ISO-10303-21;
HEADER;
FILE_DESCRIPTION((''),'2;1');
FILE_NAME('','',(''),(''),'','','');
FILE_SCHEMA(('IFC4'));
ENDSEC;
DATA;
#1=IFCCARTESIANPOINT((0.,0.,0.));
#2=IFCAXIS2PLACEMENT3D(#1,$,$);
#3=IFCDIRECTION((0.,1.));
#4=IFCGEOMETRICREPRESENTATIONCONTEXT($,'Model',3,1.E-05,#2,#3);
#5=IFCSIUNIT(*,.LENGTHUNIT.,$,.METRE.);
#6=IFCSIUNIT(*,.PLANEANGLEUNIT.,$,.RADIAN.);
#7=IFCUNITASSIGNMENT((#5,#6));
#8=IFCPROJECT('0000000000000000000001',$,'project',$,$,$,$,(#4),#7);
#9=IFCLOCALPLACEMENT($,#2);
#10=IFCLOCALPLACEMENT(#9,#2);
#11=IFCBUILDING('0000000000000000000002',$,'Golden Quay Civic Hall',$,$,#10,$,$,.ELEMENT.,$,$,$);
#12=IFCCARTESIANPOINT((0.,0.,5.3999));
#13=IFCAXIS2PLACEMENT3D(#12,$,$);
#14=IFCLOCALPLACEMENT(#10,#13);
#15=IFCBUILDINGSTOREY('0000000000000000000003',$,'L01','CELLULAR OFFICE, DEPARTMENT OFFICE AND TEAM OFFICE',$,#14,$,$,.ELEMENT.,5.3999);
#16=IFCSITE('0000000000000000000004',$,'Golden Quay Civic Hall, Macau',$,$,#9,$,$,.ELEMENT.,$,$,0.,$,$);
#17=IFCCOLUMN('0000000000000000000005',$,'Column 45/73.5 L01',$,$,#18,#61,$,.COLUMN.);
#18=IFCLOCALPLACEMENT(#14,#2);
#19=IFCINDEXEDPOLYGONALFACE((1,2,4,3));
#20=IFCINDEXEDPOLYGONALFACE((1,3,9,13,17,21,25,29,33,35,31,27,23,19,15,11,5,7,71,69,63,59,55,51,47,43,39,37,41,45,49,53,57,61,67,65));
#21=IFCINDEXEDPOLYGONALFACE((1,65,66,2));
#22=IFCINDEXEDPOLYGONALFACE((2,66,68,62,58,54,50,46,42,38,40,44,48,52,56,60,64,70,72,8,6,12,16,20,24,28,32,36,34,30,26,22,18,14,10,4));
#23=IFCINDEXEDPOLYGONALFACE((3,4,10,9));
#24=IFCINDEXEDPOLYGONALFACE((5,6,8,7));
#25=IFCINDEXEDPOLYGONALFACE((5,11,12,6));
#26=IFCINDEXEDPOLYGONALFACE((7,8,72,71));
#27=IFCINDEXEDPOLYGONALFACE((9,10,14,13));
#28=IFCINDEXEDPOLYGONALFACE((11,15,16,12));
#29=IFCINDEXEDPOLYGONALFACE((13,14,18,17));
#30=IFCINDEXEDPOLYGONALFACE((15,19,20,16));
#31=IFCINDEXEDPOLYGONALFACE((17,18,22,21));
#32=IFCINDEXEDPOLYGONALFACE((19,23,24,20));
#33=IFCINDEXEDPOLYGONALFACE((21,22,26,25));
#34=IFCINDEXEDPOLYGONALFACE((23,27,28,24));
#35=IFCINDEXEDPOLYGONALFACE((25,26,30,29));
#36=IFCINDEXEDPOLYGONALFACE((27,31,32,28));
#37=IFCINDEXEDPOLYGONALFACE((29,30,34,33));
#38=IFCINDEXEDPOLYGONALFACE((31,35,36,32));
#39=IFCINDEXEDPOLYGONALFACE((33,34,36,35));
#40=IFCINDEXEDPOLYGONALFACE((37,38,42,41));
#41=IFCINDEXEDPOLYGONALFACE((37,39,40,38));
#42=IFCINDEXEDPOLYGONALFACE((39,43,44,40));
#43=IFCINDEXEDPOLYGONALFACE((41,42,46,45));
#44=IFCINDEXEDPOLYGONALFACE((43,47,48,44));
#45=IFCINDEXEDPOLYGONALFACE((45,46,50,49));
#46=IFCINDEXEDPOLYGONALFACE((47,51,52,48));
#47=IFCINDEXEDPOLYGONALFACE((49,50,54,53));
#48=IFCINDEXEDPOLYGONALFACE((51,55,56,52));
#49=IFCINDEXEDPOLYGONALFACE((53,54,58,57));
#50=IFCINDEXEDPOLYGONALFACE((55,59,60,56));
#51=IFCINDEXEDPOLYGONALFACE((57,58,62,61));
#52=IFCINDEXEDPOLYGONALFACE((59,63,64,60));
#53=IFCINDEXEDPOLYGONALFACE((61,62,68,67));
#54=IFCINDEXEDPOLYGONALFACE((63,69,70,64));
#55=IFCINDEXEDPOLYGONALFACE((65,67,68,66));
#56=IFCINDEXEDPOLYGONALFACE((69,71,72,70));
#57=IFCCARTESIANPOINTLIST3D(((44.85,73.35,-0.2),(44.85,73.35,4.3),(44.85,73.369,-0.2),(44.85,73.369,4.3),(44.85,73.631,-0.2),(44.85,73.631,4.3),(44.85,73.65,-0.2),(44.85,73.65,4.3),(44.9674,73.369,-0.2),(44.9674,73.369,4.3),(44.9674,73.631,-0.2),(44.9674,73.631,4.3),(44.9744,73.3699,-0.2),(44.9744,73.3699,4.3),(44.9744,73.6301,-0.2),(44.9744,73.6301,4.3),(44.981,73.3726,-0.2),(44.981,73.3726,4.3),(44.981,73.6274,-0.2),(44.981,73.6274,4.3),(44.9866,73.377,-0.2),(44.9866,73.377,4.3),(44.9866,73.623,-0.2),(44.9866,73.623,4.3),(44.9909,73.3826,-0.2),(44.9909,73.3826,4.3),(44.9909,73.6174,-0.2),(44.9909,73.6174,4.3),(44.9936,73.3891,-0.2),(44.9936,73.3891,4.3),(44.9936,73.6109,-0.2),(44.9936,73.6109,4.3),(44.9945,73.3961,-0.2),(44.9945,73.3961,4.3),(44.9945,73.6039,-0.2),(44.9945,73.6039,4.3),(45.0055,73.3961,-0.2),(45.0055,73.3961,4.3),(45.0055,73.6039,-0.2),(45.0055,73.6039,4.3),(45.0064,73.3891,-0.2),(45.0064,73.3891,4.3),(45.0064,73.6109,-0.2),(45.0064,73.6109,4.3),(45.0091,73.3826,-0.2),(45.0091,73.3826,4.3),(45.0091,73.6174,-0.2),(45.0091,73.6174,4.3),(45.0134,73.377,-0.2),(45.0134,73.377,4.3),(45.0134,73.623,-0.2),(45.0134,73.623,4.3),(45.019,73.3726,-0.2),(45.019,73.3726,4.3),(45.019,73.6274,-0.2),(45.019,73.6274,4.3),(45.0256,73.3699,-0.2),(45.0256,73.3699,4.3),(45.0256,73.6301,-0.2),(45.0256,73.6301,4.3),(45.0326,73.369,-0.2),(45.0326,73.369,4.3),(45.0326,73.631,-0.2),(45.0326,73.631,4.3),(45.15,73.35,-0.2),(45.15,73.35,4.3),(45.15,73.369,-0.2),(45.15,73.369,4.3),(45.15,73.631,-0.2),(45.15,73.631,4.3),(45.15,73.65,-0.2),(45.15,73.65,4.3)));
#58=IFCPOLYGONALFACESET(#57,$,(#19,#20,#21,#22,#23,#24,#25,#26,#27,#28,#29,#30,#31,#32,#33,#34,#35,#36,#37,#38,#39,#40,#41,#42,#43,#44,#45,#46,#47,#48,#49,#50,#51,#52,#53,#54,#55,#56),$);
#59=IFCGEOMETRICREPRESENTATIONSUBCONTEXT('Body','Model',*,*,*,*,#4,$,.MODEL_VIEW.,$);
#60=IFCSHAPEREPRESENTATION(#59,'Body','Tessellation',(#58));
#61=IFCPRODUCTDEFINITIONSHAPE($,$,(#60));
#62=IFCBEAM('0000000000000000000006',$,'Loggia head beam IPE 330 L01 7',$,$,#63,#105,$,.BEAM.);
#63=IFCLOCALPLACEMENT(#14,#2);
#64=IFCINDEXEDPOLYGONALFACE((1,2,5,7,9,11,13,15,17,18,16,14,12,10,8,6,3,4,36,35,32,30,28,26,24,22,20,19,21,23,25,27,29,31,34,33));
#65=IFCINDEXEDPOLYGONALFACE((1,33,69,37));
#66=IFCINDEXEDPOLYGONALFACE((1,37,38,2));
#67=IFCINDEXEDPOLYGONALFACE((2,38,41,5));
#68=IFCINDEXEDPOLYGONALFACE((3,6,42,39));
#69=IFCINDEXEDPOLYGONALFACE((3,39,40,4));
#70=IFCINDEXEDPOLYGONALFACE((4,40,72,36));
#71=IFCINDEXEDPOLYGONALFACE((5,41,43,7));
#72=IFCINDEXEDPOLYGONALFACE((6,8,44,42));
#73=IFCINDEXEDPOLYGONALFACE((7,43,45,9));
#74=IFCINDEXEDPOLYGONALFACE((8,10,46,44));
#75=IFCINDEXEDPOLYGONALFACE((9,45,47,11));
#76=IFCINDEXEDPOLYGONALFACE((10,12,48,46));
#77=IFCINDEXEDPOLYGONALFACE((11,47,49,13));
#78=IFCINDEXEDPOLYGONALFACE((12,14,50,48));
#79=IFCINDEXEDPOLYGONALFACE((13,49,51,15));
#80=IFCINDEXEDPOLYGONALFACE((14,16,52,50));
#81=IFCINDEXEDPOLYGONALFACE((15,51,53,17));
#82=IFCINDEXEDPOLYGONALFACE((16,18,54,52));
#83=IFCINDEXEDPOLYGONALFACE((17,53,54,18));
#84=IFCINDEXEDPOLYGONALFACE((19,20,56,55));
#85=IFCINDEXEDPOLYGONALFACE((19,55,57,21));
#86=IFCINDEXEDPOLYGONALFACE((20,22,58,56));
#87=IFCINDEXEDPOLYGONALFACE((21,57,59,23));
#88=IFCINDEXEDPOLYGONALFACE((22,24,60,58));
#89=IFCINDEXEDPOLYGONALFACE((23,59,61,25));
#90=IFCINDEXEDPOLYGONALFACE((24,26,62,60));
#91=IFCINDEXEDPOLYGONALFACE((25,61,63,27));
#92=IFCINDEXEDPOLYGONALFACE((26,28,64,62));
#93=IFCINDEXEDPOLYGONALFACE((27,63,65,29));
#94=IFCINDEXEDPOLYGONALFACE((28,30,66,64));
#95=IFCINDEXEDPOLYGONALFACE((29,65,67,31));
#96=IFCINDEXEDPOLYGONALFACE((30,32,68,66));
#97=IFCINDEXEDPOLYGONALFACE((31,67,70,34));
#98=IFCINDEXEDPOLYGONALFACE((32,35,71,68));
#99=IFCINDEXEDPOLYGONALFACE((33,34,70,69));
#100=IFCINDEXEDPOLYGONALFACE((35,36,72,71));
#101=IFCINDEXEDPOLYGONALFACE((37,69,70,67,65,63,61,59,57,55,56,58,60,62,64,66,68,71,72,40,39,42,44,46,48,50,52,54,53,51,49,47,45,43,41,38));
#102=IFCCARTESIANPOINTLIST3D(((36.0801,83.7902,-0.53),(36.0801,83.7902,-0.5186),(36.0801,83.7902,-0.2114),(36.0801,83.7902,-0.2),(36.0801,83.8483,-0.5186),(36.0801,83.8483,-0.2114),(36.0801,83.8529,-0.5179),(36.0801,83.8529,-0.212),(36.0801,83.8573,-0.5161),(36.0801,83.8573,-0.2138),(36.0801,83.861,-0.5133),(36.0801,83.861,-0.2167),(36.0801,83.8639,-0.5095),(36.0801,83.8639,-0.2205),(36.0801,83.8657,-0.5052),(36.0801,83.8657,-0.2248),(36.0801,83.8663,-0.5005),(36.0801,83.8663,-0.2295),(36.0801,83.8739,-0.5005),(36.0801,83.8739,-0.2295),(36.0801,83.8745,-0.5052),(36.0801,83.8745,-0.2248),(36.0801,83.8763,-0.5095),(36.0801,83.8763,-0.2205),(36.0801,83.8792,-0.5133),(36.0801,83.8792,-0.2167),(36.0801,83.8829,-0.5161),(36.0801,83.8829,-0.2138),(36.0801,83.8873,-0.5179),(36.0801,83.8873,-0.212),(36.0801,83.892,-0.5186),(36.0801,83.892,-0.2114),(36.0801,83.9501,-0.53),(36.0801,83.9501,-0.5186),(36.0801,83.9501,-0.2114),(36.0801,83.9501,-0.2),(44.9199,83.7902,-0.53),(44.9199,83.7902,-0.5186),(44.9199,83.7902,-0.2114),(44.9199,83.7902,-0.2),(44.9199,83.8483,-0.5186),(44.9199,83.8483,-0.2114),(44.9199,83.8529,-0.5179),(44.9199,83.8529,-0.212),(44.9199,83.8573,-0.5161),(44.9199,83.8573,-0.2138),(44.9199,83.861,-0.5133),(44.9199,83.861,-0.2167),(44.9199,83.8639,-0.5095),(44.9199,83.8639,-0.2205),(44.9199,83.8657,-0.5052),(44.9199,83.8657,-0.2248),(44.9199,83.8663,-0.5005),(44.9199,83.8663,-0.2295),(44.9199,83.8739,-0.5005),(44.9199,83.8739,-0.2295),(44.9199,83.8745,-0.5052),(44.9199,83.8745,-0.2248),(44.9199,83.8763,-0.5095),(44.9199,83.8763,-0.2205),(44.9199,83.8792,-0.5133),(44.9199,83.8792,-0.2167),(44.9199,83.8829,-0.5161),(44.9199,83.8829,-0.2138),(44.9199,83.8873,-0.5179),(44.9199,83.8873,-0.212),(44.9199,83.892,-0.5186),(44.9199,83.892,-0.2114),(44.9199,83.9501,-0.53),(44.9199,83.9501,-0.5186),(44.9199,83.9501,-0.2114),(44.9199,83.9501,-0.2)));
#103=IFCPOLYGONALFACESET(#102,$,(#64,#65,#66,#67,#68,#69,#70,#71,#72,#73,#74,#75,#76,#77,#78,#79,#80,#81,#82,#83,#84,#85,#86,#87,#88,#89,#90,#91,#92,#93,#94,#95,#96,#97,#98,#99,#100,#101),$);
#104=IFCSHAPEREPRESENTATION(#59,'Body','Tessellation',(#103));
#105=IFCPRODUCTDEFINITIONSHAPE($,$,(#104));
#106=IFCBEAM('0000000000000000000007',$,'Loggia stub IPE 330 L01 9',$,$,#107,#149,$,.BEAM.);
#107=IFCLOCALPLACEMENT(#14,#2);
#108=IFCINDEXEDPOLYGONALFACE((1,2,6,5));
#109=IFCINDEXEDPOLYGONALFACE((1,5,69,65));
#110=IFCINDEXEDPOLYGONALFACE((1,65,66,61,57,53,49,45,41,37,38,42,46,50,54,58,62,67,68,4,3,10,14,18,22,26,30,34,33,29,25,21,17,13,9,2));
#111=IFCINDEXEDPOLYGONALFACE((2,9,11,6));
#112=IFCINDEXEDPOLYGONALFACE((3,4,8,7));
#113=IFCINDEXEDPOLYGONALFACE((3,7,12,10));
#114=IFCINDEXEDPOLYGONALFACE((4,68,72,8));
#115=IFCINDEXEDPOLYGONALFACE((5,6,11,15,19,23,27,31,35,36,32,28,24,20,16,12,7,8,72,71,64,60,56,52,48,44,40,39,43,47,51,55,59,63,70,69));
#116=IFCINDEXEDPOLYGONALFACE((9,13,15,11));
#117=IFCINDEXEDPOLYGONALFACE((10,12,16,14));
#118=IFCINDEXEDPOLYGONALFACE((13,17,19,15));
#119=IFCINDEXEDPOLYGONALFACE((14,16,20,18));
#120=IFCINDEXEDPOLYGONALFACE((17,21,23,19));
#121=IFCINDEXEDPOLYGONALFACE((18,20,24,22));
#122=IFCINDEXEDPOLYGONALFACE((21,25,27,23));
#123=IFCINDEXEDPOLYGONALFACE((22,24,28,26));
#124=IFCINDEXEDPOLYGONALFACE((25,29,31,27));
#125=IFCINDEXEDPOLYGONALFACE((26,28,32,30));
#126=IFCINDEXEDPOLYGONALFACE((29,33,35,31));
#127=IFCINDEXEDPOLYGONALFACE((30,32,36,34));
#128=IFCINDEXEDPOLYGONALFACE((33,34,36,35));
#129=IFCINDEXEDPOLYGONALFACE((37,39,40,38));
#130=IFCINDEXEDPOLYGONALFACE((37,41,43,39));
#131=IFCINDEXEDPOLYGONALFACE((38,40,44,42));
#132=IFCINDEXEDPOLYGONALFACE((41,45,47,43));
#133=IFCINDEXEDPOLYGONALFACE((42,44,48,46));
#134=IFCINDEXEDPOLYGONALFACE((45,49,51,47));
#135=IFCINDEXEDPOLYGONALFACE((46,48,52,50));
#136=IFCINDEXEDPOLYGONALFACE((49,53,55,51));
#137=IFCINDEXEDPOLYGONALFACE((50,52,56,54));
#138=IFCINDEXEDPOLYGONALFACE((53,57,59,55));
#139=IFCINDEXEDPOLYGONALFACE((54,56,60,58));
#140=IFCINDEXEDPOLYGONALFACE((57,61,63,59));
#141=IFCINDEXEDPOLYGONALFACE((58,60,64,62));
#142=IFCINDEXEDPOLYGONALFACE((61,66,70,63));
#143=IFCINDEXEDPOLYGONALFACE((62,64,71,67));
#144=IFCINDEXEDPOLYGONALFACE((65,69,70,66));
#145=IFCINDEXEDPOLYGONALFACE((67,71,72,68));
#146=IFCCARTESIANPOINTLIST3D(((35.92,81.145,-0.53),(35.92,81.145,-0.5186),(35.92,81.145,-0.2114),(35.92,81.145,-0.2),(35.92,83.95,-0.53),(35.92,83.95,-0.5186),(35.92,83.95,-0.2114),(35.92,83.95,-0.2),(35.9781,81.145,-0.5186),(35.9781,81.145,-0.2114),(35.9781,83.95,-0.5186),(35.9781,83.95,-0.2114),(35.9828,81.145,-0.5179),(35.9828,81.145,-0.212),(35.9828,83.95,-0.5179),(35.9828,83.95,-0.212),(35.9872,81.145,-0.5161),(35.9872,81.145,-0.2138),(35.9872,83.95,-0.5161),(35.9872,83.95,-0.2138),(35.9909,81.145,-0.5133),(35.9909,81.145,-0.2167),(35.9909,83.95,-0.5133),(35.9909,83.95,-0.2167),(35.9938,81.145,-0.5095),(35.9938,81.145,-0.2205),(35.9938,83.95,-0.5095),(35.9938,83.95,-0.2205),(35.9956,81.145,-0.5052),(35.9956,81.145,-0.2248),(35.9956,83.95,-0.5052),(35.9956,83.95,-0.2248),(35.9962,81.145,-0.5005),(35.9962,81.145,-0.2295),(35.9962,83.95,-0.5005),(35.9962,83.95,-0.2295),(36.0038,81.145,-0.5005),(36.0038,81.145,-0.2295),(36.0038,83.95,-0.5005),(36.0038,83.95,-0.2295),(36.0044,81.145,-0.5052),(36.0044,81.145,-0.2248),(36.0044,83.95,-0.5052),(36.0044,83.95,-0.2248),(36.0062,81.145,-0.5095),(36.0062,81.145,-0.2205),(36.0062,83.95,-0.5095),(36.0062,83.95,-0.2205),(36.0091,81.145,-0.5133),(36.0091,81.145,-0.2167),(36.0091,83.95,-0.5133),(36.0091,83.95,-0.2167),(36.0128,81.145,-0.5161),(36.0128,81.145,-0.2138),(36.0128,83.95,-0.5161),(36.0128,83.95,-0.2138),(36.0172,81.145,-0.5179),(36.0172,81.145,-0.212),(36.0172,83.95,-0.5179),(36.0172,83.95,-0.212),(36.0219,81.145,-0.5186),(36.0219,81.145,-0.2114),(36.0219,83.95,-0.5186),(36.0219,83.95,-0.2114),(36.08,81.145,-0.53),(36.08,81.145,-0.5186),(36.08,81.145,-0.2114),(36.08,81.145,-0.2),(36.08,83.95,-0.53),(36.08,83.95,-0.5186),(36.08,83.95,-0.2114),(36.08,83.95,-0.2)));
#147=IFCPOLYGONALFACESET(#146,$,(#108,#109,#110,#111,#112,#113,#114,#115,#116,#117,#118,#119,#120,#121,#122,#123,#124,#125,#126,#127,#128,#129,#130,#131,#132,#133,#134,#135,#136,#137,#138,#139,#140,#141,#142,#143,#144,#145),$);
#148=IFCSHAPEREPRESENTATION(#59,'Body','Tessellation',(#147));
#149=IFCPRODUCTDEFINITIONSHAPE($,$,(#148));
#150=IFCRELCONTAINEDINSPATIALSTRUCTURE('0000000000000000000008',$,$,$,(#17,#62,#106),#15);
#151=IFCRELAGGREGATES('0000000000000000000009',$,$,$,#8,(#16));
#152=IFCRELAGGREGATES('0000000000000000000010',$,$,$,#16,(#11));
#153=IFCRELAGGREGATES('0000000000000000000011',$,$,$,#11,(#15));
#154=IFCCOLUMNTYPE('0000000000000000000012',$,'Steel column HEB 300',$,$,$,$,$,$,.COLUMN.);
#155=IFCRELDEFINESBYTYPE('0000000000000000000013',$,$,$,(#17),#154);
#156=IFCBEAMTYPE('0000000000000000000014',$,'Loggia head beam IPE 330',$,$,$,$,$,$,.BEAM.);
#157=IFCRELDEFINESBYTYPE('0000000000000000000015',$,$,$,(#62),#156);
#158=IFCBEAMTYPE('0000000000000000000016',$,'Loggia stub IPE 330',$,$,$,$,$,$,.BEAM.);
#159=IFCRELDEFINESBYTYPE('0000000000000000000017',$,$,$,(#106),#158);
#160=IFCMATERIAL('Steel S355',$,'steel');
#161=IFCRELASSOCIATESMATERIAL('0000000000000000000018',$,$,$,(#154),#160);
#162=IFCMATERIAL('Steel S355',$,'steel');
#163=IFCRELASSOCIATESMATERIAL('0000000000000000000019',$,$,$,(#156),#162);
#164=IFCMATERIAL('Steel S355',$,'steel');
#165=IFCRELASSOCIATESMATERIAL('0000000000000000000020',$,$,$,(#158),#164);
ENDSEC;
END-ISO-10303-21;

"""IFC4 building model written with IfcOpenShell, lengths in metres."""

from ifc_helpers import new_model, si_unit, direction, frame, origin, origin_2d, place, context, subcontext, project, spatial, i_section, extrude, material, material_profile, profile_set, type_object, element, save


model = new_model("IFC4")

# Units and contexts
model_context = context("Model", 3, precision=1e-05, world=origin(), true_north=direction((0.0, 1.0)))
body_context = subcontext(model_context, "Body", "Model", "MODEL_VIEW")
ifc_project = project(units=[si_unit("LENGTHUNIT", "METRE"), si_unit("PLANEANGLEUNIT", "RADIAN")], contexts=[model_context])

# Site, building, storey
site_placement = place(None, origin())
site = spatial("IfcSite", under=ifc_project, at=site_placement, Name="Golden Quay Civic Hall, Macau", CompositionType="ELEMENT", RefElevation=0.0)
building_placement = place(site_placement, origin())
building = spatial("IfcBuilding", under=site, at=building_placement, Name="Golden Quay Civic Hall", CompositionType="ELEMENT")
storey_placement = place(building_placement, frame((0.0, 0.0, 5.3999)))
storey = spatial("IfcBuildingStorey", under=building, at=storey_placement, Name="L01", Description="CELLULAR OFFICE, DEPARTMENT OFFICE AND TEAM OFFICE", CompositionType="ELEMENT", Elevation=5.3999)

# Column
ifc_material_1 = material(Name="Steel S355", Category="steel")
ifc_material_profile_1 = material_profile(ifc_material_1, i_section(OverallWidth=0.3, OverallDepth=0.3, WebThickness=0.011, FlangeThickness=0.019, FilletRadius=0.0271, at=origin_2d()), Name="HEB 300")
ifc_profile_set_1 = profile_set([ifc_material_profile_1], Name="Steel S355")
column_type_1 = type_object("IfcColumnType", Name="Steel column HEB 300", PredefinedType="COLUMN", material=ifc_profile_set_1)
for number, where, z_axis, x_axis, name in (
    (1, (45.0, 73.5, -0.2), (0.0, 0.0, 1.0), (1.0, 0.0, 0.0), "Column 45/73.5 L01"),
):
    element("IfcColumn", number, at=place(storey_placement, frame(where, z_axis=z_axis, x_axis=x_axis)), inside=storey, type_object=column_type_1, Name=name, PredefinedType="COLUMN", context=body_context, shape_type="SweptSolid", body=[
        extrude(i_section(OverallWidth=0.3, OverallDepth=0.3, WebThickness=0.011, FlangeThickness=0.019, FilletRadius=0.0271, at=origin_2d()), origin(), (0.0, 0.0, 1.0), 4.5),
    ])

# Beams
ifc_material_2 = material(Name="Steel S355", Category="steel")
ifc_material_profile_2 = material_profile(ifc_material_2, i_section(OverallWidth=0.1599, OverallDepth=0.3301, WebThickness=0.0076, FlangeThickness=0.0115, FilletRadius=0.0181, at=origin_2d()), Name="IPE 330")
ifc_profile_set_2 = profile_set([ifc_material_profile_2], Name="Steel S355")
beam_type_1 = type_object("IfcBeamType", Name="Loggia head beam IPE 330", PredefinedType="BEAM", material=ifc_profile_set_2)
beam_1_placement = place(storey_placement, frame((36.0801, 83.8701, -0.365), z_axis=(1.0, 0.0, 0.0), x_axis=(0.0, 1.0, 0.0)))
element("IfcBeam", 2, at=beam_1_placement, inside=storey, type_object=beam_type_1, Name="Loggia head beam IPE 330 L01 7", PredefinedType="BEAM", context=body_context, shape_type="SweptSolid", body=[
    extrude(i_section(OverallWidth=0.1599, OverallDepth=0.3301, WebThickness=0.0076, FlangeThickness=0.0115, FilletRadius=0.0181, at=origin_2d()), origin(), (0.0, 0.0, 1.0), 8.8398),
])
ifc_material_3 = material(Name="Steel S355", Category="steel")
ifc_material_profile_3 = material_profile(ifc_material_3, i_section(OverallWidth=0.1599, OverallDepth=0.3301, WebThickness=0.0076, FlangeThickness=0.0115, FilletRadius=0.0181, at=origin_2d()), Name="IPE 330")
ifc_profile_set_3 = profile_set([ifc_material_profile_3], Name="Steel S355")
beam_type_2 = type_object("IfcBeamType", Name="Loggia stub IPE 330", PredefinedType="BEAM", material=ifc_profile_set_3)
beam_2_placement = place(storey_placement, frame((36.0, 81.145, -0.365), z_axis=(0.0, 1.0, 0.0), x_axis=(-1.0, 0.0, 0.0)))
element("IfcBeam", 3, at=beam_2_placement, inside=storey, type_object=beam_type_2, Name="Loggia stub IPE 330 L01 9", PredefinedType="BEAM", context=body_context, shape_type="SweptSolid", body=[
    extrude(i_section(OverallWidth=0.1599, OverallDepth=0.3301, WebThickness=0.0076, FlangeThickness=0.0115, FilletRadius=0.0181, at=origin_2d()), origin(), (0.0, 0.0, 1.0), 2.8049),
])

save(model, "model.ifc")
